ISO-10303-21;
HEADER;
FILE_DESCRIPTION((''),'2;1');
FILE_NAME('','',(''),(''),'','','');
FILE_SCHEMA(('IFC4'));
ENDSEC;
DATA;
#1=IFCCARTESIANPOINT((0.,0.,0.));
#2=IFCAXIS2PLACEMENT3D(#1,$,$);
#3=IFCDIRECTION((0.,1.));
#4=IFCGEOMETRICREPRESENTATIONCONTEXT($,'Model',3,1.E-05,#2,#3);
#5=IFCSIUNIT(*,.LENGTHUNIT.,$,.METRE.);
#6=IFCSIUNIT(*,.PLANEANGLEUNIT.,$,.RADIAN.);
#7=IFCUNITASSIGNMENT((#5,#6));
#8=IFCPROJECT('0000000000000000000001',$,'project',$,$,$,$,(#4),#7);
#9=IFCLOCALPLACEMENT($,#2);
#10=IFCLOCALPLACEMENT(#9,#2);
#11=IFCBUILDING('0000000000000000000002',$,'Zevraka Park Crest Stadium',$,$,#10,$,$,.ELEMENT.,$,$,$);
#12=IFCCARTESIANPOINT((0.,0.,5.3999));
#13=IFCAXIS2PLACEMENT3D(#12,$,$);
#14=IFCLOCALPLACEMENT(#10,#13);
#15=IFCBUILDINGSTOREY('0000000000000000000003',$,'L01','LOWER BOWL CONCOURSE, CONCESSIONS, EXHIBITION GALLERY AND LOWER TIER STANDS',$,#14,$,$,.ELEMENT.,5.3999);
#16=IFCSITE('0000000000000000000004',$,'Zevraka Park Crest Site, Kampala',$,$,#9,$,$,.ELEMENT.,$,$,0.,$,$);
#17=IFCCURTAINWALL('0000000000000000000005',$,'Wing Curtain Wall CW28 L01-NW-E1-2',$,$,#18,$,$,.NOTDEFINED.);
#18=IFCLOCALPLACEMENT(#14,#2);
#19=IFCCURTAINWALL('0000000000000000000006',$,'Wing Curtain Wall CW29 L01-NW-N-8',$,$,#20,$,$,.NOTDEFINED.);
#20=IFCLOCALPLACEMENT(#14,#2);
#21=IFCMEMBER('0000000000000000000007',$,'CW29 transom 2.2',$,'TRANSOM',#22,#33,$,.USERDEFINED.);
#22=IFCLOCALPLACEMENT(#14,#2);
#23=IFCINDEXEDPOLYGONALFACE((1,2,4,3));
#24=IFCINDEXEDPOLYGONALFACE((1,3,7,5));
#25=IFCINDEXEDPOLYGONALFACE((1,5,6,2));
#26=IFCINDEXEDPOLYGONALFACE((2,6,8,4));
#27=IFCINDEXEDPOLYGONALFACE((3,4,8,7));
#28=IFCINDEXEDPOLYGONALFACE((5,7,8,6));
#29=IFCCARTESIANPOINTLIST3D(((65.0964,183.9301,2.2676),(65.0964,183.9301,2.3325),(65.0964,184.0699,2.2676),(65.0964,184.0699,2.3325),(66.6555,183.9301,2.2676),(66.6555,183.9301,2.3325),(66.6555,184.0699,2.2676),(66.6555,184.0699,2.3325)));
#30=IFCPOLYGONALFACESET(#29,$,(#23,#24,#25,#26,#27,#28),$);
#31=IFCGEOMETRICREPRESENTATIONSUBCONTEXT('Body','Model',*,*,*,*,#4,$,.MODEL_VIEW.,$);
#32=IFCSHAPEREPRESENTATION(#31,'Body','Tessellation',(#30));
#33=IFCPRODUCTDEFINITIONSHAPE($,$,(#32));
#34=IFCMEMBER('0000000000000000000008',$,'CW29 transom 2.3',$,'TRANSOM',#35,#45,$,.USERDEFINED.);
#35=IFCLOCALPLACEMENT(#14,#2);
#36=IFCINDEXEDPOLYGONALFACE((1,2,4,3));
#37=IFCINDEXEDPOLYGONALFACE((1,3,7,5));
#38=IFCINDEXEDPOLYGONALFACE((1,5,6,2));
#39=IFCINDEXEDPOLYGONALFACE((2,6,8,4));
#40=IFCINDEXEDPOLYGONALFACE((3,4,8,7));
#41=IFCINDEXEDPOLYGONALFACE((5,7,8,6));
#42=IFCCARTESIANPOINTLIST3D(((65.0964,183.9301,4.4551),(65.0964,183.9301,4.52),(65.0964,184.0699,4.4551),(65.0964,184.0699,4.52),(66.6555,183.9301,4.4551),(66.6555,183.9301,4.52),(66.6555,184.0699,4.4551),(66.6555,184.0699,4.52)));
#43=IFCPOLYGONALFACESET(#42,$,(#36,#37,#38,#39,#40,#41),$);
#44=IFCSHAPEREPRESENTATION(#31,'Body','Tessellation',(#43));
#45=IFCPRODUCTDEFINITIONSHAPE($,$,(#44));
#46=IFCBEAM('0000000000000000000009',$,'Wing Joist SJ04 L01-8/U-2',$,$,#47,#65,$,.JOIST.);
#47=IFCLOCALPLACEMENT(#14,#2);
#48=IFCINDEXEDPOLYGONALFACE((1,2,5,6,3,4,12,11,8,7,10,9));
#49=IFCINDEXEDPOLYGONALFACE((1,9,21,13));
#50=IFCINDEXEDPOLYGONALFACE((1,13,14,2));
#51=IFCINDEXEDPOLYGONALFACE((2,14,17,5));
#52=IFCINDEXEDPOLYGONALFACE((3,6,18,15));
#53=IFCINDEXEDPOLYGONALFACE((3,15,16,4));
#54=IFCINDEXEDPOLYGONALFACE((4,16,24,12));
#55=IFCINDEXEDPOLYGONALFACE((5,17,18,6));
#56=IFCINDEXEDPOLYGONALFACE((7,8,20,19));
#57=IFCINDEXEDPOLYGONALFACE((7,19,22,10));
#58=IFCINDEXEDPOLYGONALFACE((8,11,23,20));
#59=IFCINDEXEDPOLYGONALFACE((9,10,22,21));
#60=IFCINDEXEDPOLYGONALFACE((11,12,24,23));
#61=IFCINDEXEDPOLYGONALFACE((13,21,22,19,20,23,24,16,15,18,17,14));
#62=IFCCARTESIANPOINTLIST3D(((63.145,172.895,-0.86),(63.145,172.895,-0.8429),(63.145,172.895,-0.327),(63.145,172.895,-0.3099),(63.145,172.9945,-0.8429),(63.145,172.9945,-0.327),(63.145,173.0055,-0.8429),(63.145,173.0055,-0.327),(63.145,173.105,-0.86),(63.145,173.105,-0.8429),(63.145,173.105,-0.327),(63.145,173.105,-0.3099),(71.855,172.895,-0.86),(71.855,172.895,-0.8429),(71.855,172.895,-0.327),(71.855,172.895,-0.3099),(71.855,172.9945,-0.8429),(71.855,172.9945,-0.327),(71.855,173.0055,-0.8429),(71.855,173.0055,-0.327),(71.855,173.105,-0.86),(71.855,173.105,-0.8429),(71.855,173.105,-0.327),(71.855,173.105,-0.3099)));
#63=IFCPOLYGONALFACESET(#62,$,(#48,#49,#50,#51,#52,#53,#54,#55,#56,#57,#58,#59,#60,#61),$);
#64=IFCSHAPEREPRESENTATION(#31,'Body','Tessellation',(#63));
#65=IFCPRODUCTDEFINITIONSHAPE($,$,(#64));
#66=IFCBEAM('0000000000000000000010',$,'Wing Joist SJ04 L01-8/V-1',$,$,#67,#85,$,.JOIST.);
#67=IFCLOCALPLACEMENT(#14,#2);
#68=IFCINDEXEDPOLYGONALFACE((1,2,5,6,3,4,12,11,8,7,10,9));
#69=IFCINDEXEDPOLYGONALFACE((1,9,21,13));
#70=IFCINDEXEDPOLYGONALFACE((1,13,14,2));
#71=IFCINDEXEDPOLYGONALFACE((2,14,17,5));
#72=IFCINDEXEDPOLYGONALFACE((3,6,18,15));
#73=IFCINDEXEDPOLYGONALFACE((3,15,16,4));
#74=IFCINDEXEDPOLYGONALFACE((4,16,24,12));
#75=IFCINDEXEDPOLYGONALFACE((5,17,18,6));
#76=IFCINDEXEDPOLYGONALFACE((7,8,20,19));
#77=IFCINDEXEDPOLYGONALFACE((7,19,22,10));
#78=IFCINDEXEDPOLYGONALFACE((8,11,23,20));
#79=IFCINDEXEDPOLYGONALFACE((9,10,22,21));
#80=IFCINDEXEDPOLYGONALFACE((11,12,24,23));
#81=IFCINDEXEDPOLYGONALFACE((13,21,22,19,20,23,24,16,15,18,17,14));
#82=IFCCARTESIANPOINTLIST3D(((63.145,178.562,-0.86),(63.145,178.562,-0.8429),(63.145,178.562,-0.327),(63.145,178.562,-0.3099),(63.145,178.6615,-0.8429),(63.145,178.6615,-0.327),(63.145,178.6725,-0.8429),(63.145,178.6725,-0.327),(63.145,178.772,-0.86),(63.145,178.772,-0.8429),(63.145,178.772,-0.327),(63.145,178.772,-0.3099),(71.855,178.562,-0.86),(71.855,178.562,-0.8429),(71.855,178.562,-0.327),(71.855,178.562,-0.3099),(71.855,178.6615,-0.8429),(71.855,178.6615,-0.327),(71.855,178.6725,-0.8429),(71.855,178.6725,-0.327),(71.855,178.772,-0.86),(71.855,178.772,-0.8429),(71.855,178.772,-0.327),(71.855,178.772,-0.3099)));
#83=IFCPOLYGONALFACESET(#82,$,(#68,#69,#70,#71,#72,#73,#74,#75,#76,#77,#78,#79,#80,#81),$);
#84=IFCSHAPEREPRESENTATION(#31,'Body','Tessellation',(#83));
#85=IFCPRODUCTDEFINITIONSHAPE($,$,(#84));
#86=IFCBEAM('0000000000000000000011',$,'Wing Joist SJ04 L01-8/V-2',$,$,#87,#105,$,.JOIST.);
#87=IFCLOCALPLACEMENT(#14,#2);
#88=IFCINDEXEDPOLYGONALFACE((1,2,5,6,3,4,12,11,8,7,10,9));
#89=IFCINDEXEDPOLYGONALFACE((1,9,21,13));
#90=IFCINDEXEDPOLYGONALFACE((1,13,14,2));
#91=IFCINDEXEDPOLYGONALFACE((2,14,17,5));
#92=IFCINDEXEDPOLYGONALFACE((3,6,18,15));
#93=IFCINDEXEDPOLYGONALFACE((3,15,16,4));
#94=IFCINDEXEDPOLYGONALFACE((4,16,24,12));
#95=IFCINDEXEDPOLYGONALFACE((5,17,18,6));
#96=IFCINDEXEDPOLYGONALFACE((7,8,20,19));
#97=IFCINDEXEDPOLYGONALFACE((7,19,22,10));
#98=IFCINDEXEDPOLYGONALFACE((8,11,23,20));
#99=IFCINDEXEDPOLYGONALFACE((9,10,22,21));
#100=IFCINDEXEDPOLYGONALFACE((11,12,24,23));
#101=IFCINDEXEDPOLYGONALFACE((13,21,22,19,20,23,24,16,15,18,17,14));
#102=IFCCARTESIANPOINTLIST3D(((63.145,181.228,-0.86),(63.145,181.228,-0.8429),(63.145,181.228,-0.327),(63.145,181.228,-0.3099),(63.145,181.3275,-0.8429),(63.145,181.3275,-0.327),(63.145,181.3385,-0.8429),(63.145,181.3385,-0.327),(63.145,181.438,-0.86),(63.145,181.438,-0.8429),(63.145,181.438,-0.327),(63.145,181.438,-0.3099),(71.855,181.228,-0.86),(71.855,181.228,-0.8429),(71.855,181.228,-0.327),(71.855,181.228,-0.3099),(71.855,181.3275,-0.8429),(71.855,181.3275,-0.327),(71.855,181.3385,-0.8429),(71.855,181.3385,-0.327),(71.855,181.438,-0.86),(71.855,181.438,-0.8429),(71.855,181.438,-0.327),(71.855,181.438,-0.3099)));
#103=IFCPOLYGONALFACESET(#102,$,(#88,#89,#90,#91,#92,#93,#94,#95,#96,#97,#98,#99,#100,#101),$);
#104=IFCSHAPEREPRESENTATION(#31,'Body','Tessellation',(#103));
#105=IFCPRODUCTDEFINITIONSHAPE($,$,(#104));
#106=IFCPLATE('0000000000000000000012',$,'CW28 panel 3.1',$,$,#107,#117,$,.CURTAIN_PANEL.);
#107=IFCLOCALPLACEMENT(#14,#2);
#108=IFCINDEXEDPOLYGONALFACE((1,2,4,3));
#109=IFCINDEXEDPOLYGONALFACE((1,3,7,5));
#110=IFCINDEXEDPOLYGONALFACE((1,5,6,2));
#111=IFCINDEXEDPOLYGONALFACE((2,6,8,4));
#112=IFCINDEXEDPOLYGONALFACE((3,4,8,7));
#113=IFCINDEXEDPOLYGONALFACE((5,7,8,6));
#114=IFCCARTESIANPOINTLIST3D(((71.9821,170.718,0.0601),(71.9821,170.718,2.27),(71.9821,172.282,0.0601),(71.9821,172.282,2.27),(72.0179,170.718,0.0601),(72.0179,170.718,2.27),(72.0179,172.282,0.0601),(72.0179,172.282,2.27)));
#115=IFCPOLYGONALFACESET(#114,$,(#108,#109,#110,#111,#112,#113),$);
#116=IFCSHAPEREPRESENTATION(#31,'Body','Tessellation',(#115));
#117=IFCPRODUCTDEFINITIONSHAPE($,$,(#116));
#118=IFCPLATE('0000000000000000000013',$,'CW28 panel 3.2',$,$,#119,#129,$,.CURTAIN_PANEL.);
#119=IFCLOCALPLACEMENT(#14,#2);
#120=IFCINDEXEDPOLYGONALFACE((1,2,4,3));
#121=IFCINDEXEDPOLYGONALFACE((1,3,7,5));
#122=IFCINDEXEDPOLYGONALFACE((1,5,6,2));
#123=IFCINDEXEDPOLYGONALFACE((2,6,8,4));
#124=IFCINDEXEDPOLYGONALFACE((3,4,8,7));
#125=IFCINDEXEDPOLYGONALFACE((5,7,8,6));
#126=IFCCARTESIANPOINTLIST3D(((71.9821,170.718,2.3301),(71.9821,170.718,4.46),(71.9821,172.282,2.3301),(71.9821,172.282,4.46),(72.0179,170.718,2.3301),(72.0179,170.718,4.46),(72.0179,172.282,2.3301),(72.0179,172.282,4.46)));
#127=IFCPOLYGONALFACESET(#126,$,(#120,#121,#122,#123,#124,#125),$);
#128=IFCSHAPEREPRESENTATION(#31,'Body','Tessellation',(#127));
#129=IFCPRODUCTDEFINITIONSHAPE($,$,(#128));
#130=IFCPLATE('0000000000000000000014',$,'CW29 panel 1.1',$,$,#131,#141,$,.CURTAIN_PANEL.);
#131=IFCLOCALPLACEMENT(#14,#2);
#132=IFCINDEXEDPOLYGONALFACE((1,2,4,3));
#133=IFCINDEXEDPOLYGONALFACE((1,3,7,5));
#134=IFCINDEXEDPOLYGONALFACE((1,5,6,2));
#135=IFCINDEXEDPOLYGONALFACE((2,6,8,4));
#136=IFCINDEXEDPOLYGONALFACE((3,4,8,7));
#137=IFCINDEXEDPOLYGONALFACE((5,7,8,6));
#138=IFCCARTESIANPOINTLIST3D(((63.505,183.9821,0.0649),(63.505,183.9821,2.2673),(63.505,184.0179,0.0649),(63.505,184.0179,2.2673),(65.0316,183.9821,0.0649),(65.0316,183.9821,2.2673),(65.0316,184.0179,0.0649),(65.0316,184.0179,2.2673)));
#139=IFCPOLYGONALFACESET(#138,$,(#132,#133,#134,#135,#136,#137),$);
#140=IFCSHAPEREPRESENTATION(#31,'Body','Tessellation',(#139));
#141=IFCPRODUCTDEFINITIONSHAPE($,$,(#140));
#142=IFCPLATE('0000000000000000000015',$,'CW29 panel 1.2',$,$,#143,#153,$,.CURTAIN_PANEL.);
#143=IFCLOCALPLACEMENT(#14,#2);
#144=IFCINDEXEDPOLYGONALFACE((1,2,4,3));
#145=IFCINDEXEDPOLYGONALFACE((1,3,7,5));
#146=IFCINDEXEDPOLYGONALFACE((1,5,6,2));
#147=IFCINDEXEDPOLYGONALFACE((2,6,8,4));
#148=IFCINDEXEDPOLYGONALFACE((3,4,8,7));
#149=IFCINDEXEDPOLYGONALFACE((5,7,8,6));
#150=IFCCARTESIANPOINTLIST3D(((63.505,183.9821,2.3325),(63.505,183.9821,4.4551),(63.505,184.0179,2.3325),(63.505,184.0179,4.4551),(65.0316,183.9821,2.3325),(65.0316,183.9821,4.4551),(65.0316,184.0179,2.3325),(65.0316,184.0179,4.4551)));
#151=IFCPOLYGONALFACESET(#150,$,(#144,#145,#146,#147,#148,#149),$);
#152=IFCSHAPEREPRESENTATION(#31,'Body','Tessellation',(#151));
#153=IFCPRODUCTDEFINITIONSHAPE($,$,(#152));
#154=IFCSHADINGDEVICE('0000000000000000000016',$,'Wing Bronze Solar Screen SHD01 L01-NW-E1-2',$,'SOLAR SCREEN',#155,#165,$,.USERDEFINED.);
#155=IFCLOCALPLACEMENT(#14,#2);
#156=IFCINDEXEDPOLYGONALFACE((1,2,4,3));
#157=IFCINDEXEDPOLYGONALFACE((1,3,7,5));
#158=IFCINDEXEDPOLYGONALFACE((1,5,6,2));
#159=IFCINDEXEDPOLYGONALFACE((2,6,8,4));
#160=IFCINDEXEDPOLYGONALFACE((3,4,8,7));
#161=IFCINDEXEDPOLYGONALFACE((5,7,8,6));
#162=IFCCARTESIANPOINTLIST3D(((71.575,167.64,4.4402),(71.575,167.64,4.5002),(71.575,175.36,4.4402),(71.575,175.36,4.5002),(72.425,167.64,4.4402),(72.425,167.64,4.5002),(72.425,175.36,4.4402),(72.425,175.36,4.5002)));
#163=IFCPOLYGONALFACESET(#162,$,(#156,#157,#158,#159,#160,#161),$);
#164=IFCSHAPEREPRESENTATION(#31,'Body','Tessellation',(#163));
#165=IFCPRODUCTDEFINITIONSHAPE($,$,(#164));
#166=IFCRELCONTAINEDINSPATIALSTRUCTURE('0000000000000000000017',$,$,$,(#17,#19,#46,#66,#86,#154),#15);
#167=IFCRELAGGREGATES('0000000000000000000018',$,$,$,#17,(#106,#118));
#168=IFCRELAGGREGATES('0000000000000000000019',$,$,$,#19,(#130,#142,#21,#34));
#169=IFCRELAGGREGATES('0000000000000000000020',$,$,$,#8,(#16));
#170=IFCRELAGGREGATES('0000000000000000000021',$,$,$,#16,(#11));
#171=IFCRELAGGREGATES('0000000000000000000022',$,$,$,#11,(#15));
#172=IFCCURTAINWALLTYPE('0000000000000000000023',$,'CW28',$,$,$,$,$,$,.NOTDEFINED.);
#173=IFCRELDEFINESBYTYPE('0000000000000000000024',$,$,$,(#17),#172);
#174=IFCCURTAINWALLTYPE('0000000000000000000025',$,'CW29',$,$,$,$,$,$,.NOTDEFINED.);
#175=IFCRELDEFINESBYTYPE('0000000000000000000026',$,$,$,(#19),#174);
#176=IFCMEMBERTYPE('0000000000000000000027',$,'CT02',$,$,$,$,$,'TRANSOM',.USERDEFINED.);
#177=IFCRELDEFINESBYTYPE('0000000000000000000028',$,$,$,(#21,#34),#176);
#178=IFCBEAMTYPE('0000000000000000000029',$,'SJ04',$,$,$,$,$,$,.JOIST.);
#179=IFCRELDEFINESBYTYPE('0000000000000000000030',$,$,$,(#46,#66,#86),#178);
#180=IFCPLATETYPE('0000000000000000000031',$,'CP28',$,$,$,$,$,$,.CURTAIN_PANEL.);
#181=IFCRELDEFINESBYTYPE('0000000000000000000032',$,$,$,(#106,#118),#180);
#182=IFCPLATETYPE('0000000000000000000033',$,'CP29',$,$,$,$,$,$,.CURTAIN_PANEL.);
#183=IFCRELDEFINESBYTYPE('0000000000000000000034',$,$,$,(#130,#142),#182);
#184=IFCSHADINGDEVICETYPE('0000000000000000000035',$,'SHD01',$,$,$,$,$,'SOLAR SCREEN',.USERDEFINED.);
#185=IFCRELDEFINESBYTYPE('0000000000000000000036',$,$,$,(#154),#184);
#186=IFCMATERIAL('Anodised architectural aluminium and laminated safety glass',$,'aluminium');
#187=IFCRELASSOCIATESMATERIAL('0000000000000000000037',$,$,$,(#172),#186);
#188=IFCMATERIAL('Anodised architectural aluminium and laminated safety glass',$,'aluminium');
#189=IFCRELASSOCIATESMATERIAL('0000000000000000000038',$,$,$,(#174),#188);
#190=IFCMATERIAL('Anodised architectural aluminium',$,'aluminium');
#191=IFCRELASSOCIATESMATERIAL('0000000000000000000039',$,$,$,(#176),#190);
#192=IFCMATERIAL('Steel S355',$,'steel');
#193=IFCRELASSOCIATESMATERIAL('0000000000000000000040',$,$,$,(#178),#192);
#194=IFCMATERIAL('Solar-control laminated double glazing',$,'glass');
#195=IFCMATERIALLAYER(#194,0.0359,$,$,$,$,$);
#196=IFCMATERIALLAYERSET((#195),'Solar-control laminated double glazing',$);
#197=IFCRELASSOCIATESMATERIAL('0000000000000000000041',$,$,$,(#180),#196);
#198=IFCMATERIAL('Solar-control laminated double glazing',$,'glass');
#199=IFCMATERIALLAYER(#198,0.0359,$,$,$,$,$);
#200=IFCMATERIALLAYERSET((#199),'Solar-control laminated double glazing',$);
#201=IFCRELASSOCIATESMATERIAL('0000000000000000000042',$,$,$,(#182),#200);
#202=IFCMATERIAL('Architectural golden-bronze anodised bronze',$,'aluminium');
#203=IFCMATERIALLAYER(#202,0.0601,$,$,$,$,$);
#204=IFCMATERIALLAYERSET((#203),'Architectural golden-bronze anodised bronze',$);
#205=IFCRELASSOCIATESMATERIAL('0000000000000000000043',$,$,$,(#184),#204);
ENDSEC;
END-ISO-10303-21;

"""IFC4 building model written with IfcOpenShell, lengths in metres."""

from ifc_helpers import new_model, si_unit, direction, frame, origin, origin_2d, place, context, subcontext, project, spatial, rectangle, i_section, extrude, material, layer, layer_set, material_profile, profile_set, type_object, element, aggregate, save


model = new_model("IFC4")

# Units and contexts
model_context = context("Model", 3, precision=1e-05, world=origin(), true_north=direction((0.0, 1.0)))
body_context = subcontext(model_context, "Body", "Model", "MODEL_VIEW")
ifc_project = project(units=[si_unit("LENGTHUNIT", "METRE"), si_unit("PLANEANGLEUNIT", "RADIAN")], contexts=[model_context])

# Site, building, storey
site_placement = place(None, origin())
site = spatial("IfcSite", under=ifc_project, at=site_placement, Name="Zevraka Park Crest Site, Kampala", CompositionType="ELEMENT", RefElevation=0.0)
building_placement = place(site_placement, origin())
building = spatial("IfcBuilding", under=site, at=building_placement, Name="Zevraka Park Crest Stadium", CompositionType="ELEMENT")
storey_placement = place(building_placement, frame((0.0, 0.0, 5.3999)))
storey = spatial("IfcBuildingStorey", under=building, at=storey_placement, Name="L01", Description="LOWER BOWL CONCOURSE, CONCESSIONS, EXHIBITION GALLERY AND LOWER TIER STANDS", CompositionType="ELEMENT", Elevation=5.3999)

# Curtain wall
ifc_material_1 = material(Name="Anodised architectural aluminium and laminated safety glass", Category="aluminium")
curtain_wall_type_1 = type_object("IfcCurtainWallType", Name="CW28", PredefinedType="NOTDEFINED", material=ifc_material_1)
curtain_wall_1_placement = place(storey_placement, origin())
curtain_wall_1 = element("IfcCurtainWall", 1, at=curtain_wall_1_placement, inside=storey, type_object=curtain_wall_type_1, Name="Wing Curtain Wall CW28 L01-NW-E1-2", PredefinedType="NOTDEFINED")

# Curtain wall
ifc_material_2 = material(Name="Anodised architectural aluminium and laminated safety glass", Category="aluminium")
curtain_wall_type_2 = type_object("IfcCurtainWallType", Name="CW29", PredefinedType="NOTDEFINED", material=ifc_material_2)
curtain_wall_2_placement = place(storey_placement, origin())
curtain_wall_2 = element("IfcCurtainWall", 2, at=curtain_wall_2_placement, inside=storey, type_object=curtain_wall_type_2, Name="Wing Curtain Wall CW29 L01-NW-N-8", PredefinedType="NOTDEFINED")

# Members
ifc_material_3 = material(Name="Anodised architectural aluminium", Category="aluminium")
ifc_material_profile_1 = material_profile(ifc_material_3, rectangle(XDim=0.1399, YDim=0.0649, at=origin_2d()), Name="ALU TRANSOM 140x65")
ifc_profile_set_1 = profile_set([ifc_material_profile_1], Name="Anodised architectural aluminium")
member_type_1 = type_object("IfcMemberType", Name="CT02", ElementType="TRANSOM", PredefinedType="USERDEFINED", material=ifc_profile_set_1)
member_1_placement = place(storey_placement, frame((65.0964, 184.0, 2.3), z_axis=(1.0, 0.0, 0.0), x_axis=(0.0, 1.0, 0.0)))
member_1 = element("IfcMember", 3, at=member_1_placement, type_object=member_type_1, Name="CW29 transom 2.2", ObjectType="TRANSOM", PredefinedType="USERDEFINED", context=body_context, shape_type="SweptSolid", body=[
    extrude(rectangle(XDim=0.1399, YDim=0.0649, at=origin_2d()), origin(), (0.0, 0.0, 1.0), 1.5591),
])
member_2_placement = place(storey_placement, frame((65.0964, 184.0, 4.4875), z_axis=(1.0, 0.0, 0.0), x_axis=(0.0, 1.0, 0.0)))
member_2 = element("IfcMember", 4, at=member_2_placement, type_object=member_type_1, Name="CW29 transom 2.3", ObjectType="TRANSOM", PredefinedType="USERDEFINED", context=body_context, shape_type="SweptSolid", body=[
    extrude(rectangle(XDim=0.1399, YDim=0.0649, at=origin_2d()), origin(), (0.0, 0.0, 1.0), 1.5591),
])

# Beams
ifc_material_4 = material(Name="Steel S355", Category="steel")
ifc_material_profile_2 = material_profile(ifc_material_4, i_section(OverallWidth=0.21, OverallDepth=0.55, WebThickness=0.011, FlangeThickness=0.0171, at=origin_2d()), Name="IPE 550")
ifc_profile_set_2 = profile_set([ifc_material_profile_2], Name="Steel S355")
beam_type_1 = type_object("IfcBeamType", Name="SJ04", PredefinedType="JOIST", material=ifc_profile_set_2)
for number, where, z_axis, x_axis, name in (
    (5, (63.145, 173.0, -0.585), (1.0, 0.0, 0.0), (0.0, 1.0, 0.0), "Wing Joist SJ04 L01-8/U-2"),
    (6, (63.145, 178.667, -0.585), (1.0, 0.0, 0.0), (0.0, 1.0, 0.0), "Wing Joist SJ04 L01-8/V-1"),
    (7, (63.145, 181.333, -0.585), (1.0, 0.0, 0.0), (0.0, 1.0, 0.0), "Wing Joist SJ04 L01-8/V-2"),
):
    element("IfcBeam", number, at=place(storey_placement, frame(where, z_axis=z_axis, x_axis=x_axis)), inside=storey, type_object=beam_type_1, Name=name, PredefinedType="JOIST", context=body_context, shape_type="SweptSolid", body=[
        extrude(i_section(OverallWidth=0.21, OverallDepth=0.55, WebThickness=0.011, FlangeThickness=0.0171, at=origin_2d()), origin(), (0.0, 0.0, 1.0), 8.71),
    ])

# Plates
ifc_material_5 = material(Name="Solar-control laminated double glazing", Category="glass")
ifc_layer_1 = layer(ifc_material_5, 0.0359)
ifc_layer_set_1 = layer_set([ifc_layer_1], Name="Solar-control laminated double glazing")
plate_type_1 = type_object("IfcPlateType", Name="CP28", PredefinedType="CURTAIN_PANEL", material=ifc_layer_set_1)
plate_1_placement = place(storey_placement, frame((72.0, 171.5, 0.0601), z_axis=(0.0, 0.0, 1.0), x_axis=(0.0, -1.0, 0.0)))
plate_1 = element("IfcPlate", 8, at=plate_1_placement, type_object=plate_type_1, Name="CW28 panel 3.1", PredefinedType="CURTAIN_PANEL", context=body_context, shape_type="SweptSolid", body=[
    extrude(rectangle(XDim=1.564, YDim=0.0359, at=origin_2d()), origin(), (0.0, 0.0, 1.0), 2.21),
])
plate_2_placement = place(storey_placement, frame((72.0, 171.5, 2.3301), z_axis=(0.0, 0.0, 1.0), x_axis=(0.0, -1.0, 0.0)))
plate_2 = element("IfcPlate", 9, at=plate_2_placement, type_object=plate_type_1, Name="CW28 panel 3.2", PredefinedType="CURTAIN_PANEL", context=body_context, shape_type="SweptSolid", body=[
    extrude(rectangle(XDim=1.564, YDim=0.0359, at=origin_2d()), origin(), (0.0, 0.0, 1.0), 2.1299),
])
aggregate(curtain_wall_1, [plate_1, plate_2])
ifc_material_6 = material(Name="Solar-control laminated double glazing", Category="glass")
ifc_layer_2 = layer(ifc_material_6, 0.0359)
ifc_layer_set_2 = layer_set([ifc_layer_2], Name="Solar-control laminated double glazing")
plate_type_2 = type_object("IfcPlateType", Name="CP29", PredefinedType="CURTAIN_PANEL", material=ifc_layer_set_2)
plate_3_placement = place(storey_placement, frame((64.2683, 184.0, 0.0649), z_axis=(0.0, 0.0, 1.0), x_axis=(1.0, 0.0, 0.0)))
plate_3 = element("IfcPlate", 10, at=plate_3_placement, type_object=plate_type_2, Name="CW29 panel 1.1", PredefinedType="CURTAIN_PANEL", context=body_context, shape_type="SweptSolid", body=[
    extrude(rectangle(XDim=1.5266, YDim=0.0359, at=origin_2d()), origin(), (0.0, 0.0, 1.0), 2.2024),
])
plate_4_placement = place(storey_placement, frame((64.2683, 184.0, 2.3325), z_axis=(0.0, 0.0, 1.0), x_axis=(1.0, 0.0, 0.0)))
plate_4 = element("IfcPlate", 11, at=plate_4_placement, type_object=plate_type_2, Name="CW29 panel 1.2", PredefinedType="CURTAIN_PANEL", context=body_context, shape_type="SweptSolid", body=[
    extrude(rectangle(XDim=1.5266, YDim=0.0359, at=origin_2d()), origin(), (0.0, 0.0, 1.0), 2.1226),
])
aggregate(curtain_wall_2, [plate_3, plate_4, member_1, member_2])

# Shading device
ifc_material_7 = material(Name="Architectural golden-bronze anodised bronze", Category="aluminium")
ifc_layer_3 = layer(ifc_material_7, 0.0601)
ifc_layer_set_3 = layer_set([ifc_layer_3], Name="Architectural golden-bronze anodised bronze")
shading_device_type = type_object("IfcShadingDeviceType", Name="SHD01", ElementType="SOLAR SCREEN", PredefinedType="USERDEFINED", material=ifc_layer_set_3)
shading_device_placement = place(storey_placement, frame((72.0, 171.5, 4.4402), z_axis=(0.0, 0.0, 1.0), x_axis=(0.0, -1.0, 0.0)))
element("IfcShadingDevice", 12, at=shading_device_placement, inside=storey, type_object=shading_device_type, Name="Wing Bronze Solar Screen SHD01 L01-NW-E1-2", ObjectType="SOLAR SCREEN", PredefinedType="USERDEFINED", context=body_context, shape_type="SweptSolid", body=[
    extrude(rectangle(XDim=7.72, YDim=0.8501, at=origin_2d()), origin(), (0.0, 0.0, 1.0), 0.0601),
])

save(model, "model.ifc")
